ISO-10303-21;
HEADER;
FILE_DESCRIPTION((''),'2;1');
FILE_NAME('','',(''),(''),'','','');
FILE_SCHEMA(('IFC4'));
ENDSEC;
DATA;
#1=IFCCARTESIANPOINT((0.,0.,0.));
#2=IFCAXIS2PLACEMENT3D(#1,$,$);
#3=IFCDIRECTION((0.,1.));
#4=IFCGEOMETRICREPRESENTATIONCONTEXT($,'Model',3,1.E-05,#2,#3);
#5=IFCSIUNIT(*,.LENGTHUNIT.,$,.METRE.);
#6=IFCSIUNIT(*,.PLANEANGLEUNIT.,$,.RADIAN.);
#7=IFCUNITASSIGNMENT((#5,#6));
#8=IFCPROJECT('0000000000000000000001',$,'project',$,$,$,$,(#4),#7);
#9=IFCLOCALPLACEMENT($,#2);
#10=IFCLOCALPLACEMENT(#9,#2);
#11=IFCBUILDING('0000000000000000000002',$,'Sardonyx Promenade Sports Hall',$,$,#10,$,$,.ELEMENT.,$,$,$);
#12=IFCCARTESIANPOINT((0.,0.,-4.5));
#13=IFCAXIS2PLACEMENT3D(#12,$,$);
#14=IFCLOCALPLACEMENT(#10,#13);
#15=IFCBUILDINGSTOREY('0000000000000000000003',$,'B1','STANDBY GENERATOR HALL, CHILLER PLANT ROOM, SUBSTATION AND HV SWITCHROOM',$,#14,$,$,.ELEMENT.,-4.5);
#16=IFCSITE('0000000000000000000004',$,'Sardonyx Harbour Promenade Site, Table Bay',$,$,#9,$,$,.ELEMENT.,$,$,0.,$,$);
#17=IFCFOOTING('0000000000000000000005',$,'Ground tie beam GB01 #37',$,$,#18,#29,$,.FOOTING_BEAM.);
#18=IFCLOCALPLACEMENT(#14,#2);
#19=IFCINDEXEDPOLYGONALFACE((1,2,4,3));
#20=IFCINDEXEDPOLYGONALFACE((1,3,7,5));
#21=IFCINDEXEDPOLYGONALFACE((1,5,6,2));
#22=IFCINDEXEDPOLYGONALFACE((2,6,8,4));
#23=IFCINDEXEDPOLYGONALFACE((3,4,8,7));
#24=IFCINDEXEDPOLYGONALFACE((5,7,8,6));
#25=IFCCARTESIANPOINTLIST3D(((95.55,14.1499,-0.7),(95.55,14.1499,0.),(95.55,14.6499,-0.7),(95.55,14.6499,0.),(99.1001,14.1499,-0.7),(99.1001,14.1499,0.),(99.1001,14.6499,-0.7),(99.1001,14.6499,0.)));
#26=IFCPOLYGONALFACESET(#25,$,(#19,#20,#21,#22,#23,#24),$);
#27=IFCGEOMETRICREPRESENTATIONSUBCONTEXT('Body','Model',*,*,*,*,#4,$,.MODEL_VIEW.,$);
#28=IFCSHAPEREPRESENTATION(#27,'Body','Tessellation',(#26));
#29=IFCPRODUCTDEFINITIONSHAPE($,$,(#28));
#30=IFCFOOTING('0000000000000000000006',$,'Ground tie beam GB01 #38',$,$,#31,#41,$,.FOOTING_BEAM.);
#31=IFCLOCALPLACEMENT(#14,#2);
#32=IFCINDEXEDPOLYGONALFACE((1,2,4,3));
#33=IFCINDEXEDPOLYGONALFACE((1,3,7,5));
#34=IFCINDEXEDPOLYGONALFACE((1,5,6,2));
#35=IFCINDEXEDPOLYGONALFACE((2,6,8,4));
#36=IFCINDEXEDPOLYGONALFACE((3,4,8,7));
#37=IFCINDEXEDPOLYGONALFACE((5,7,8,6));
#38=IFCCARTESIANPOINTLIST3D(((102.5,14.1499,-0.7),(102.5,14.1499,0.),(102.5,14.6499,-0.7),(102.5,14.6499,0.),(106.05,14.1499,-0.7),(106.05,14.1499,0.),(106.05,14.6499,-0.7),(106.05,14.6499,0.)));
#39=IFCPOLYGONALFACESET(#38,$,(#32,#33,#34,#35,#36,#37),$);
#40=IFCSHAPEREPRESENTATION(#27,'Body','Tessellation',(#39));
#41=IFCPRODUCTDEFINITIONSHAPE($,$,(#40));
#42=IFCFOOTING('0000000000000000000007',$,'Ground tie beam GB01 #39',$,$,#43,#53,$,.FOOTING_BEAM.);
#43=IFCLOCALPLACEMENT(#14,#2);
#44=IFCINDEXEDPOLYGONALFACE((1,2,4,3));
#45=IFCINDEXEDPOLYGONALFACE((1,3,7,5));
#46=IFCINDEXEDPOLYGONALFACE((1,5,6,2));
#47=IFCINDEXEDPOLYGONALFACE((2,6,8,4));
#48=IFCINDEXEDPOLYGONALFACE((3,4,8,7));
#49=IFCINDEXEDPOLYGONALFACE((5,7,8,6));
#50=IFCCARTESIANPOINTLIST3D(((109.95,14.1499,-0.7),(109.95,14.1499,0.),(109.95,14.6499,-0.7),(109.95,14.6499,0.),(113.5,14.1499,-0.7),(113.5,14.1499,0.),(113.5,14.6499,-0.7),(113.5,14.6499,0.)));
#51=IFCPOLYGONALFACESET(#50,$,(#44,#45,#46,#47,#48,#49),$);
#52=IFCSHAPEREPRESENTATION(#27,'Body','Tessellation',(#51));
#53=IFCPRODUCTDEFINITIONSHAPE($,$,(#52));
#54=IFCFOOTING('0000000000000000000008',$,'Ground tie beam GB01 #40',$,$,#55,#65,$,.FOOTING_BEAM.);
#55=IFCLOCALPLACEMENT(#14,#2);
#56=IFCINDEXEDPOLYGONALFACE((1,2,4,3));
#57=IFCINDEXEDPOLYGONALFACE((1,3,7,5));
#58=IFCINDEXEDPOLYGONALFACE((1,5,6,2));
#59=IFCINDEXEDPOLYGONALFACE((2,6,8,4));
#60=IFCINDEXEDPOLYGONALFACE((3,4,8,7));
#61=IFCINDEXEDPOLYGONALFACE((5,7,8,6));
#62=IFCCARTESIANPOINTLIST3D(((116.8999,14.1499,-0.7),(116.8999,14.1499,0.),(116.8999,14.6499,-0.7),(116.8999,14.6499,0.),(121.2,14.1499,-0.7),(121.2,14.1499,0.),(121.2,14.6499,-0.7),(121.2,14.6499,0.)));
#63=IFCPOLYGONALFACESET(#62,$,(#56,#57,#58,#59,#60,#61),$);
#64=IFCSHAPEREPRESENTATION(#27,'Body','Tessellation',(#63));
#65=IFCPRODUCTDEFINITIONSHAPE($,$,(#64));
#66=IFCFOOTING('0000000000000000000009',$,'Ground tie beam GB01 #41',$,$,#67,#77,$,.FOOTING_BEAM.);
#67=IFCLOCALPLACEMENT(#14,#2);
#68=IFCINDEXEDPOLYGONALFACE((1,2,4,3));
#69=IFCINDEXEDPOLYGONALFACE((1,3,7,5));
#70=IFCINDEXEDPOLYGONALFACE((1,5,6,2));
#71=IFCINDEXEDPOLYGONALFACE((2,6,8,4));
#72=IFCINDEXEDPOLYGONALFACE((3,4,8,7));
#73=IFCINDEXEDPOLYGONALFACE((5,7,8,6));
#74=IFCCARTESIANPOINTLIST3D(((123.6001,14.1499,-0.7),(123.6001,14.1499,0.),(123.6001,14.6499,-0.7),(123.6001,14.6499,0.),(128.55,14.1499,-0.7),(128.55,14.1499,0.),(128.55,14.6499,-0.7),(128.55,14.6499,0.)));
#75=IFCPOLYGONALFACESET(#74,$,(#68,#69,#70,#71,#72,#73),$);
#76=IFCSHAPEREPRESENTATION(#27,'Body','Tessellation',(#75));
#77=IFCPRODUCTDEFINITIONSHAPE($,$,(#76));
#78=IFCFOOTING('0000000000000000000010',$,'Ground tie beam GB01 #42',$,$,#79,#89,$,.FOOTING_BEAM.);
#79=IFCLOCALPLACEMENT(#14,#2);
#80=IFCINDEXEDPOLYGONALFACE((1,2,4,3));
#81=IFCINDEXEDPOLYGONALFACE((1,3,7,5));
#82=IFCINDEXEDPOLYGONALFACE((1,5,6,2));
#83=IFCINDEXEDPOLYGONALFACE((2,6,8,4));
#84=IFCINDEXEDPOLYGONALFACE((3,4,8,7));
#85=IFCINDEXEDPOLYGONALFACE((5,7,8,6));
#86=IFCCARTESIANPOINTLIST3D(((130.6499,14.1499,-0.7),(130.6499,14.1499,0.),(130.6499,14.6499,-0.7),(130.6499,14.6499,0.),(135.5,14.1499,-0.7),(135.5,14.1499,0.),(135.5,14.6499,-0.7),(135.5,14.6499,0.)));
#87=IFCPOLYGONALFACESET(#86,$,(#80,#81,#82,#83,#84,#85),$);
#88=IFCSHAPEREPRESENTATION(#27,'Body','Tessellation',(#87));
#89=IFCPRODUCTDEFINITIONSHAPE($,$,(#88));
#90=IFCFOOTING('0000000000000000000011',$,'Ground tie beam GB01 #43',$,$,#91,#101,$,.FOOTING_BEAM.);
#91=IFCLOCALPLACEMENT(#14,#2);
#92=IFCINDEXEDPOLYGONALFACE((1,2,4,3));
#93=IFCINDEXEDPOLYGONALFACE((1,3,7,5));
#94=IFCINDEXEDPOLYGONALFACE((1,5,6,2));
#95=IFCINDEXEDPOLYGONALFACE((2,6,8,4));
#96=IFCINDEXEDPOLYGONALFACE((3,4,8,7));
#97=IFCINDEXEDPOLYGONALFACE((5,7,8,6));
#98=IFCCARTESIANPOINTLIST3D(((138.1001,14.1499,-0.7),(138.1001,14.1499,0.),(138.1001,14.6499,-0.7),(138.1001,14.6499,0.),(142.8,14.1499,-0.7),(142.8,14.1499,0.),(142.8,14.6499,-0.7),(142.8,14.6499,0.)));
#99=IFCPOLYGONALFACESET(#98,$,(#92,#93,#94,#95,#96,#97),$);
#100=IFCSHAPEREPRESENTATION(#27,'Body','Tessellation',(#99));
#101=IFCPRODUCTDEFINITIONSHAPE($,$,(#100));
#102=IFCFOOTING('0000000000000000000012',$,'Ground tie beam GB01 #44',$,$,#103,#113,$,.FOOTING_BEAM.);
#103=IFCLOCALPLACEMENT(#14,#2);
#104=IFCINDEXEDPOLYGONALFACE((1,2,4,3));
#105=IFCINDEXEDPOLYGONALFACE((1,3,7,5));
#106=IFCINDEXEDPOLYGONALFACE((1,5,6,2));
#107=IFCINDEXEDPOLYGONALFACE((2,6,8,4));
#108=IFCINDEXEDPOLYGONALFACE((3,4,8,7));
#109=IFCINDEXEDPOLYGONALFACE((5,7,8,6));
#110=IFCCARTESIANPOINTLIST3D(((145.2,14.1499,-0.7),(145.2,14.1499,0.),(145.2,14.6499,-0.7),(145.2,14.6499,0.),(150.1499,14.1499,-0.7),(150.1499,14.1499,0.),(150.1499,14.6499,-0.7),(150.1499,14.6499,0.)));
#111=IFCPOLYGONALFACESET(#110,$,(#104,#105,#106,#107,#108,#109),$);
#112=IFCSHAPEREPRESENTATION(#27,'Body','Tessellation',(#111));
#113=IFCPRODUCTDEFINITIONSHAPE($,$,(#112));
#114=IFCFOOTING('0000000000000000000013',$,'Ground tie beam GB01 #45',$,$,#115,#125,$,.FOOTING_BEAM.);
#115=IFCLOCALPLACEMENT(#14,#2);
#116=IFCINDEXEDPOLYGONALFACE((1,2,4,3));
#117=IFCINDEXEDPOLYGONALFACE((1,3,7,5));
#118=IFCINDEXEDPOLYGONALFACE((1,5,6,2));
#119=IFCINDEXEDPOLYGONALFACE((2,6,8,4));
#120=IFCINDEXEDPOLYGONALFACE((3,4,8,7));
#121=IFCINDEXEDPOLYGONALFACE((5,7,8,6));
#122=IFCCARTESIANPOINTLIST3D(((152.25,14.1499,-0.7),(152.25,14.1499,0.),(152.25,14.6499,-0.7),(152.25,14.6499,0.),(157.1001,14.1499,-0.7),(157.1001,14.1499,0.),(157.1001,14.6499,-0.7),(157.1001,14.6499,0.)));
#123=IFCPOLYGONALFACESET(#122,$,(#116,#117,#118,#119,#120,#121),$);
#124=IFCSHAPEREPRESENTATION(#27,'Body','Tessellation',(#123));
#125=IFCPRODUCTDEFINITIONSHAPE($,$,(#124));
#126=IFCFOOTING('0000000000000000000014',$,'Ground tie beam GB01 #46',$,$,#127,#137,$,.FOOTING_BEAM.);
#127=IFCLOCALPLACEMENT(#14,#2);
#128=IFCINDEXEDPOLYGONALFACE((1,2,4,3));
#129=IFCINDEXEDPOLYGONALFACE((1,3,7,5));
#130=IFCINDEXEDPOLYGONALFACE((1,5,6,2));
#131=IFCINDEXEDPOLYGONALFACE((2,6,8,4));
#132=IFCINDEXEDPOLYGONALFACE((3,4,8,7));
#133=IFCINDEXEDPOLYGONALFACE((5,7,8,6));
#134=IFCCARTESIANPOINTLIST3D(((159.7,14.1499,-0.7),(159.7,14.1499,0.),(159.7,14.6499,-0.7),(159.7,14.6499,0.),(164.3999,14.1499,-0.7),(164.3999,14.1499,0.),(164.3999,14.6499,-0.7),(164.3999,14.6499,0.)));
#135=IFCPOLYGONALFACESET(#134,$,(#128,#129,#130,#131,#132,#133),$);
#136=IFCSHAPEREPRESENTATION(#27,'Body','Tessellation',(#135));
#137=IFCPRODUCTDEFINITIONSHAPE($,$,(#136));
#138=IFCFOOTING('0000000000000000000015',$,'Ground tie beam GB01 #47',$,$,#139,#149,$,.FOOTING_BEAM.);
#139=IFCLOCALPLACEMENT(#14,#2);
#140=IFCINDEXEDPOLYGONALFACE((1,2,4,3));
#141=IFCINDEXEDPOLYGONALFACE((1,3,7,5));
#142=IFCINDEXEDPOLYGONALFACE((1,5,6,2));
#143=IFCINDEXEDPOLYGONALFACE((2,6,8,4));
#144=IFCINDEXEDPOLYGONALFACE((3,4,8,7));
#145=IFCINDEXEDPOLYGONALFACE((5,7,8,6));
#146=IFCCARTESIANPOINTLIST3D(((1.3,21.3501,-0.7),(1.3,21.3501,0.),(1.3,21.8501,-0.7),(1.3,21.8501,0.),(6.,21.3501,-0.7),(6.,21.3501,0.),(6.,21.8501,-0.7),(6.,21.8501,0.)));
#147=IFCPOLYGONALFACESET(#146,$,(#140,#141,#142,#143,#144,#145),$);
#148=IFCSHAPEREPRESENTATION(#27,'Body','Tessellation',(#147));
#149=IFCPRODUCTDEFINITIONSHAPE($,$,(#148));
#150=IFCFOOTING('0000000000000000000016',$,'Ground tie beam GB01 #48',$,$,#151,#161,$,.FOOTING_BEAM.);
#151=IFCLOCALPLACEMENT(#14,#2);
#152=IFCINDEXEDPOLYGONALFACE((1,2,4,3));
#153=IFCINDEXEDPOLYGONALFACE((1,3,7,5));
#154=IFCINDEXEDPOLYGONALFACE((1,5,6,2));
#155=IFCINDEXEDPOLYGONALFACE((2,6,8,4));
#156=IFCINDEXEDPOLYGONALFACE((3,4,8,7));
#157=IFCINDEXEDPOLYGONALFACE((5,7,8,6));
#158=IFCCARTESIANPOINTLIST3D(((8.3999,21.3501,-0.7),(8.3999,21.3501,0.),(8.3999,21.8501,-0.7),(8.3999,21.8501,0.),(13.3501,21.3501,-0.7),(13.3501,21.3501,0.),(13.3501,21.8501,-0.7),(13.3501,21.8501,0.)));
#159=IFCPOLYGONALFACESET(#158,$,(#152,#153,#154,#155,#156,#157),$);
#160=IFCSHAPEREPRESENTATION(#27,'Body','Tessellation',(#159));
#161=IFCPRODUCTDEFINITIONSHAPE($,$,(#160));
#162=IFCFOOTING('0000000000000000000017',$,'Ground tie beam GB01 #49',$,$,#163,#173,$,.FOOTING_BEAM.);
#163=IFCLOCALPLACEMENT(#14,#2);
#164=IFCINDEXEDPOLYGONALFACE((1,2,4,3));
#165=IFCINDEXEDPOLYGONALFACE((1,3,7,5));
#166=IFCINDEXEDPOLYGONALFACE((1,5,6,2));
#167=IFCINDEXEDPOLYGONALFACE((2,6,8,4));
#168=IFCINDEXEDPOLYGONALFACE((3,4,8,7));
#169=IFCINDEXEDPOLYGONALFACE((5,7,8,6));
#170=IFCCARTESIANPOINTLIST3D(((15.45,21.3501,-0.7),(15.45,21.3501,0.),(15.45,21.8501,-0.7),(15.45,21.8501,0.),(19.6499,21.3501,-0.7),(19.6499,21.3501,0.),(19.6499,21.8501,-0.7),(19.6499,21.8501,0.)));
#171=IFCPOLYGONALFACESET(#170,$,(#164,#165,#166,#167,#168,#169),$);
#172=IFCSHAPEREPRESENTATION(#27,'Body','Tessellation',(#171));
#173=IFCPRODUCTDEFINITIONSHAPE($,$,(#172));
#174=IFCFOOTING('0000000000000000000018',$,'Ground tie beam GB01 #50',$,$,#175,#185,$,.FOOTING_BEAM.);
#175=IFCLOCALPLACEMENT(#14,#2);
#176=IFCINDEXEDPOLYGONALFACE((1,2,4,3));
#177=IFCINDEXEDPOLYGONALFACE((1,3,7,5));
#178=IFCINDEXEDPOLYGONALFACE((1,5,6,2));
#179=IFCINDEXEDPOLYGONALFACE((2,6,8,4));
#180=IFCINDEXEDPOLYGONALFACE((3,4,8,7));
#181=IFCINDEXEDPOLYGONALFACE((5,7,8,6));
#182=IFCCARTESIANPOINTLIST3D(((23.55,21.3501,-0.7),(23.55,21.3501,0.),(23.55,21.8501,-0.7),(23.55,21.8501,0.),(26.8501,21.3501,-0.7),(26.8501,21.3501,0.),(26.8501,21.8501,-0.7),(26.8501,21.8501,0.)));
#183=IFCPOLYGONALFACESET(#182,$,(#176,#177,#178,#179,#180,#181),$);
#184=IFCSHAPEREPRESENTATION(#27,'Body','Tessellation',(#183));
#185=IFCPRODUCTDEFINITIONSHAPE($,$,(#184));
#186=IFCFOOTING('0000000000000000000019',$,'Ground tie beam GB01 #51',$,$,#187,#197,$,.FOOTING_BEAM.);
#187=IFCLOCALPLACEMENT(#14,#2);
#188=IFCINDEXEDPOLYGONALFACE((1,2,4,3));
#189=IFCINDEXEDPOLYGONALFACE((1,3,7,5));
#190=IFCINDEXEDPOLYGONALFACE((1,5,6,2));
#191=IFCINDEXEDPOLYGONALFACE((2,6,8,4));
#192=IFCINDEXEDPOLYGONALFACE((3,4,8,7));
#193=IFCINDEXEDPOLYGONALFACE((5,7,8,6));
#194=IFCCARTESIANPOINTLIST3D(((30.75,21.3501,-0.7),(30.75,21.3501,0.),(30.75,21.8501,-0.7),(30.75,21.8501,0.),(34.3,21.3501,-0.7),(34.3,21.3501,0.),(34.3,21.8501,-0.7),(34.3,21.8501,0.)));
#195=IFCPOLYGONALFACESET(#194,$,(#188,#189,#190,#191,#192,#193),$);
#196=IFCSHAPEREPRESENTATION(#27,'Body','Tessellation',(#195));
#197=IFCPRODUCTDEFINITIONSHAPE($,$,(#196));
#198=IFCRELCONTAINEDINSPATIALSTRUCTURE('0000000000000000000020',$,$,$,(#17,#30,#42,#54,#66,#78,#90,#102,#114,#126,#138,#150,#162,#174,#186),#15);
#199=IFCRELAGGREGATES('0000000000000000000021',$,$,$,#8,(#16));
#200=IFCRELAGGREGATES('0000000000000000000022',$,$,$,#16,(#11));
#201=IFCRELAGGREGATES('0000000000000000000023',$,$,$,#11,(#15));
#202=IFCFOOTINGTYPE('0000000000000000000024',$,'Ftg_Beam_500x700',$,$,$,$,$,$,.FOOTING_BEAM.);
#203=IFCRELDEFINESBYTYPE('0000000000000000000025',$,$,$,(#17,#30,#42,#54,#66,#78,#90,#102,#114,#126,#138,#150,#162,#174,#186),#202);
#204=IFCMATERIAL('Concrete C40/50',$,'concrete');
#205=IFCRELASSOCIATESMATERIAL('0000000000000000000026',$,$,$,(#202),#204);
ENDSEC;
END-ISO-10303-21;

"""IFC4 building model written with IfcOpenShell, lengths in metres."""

from ifc_helpers import new_model, si_unit, direction, frame, origin, place, context, subcontext, project, spatial, polyline, outline, extrude, material, type_object, element, save


model = new_model("IFC4")

# Units and contexts
model_context = context("Model", 3, precision=1e-05, world=origin(), true_north=direction((0.0, 1.0)))
body_context = subcontext(model_context, "Body", "Model", "MODEL_VIEW")
ifc_project = project(units=[si_unit("LENGTHUNIT", "METRE"), si_unit("PLANEANGLEUNIT", "RADIAN")], contexts=[model_context])

# Site, building, storey
site_placement = place(None, origin())
site = spatial("IfcSite", under=ifc_project, at=site_placement, Name="Sardonyx Harbour Promenade Site, Table Bay", CompositionType="ELEMENT", RefElevation=0.0)
building_placement = place(site_placement, origin())
building = spatial("IfcBuilding", under=site, at=building_placement, Name="Sardonyx Promenade Sports Hall", CompositionType="ELEMENT")
storey_placement = place(building_placement, frame((0.0, 0.0, -4.5)))
storey = spatial("IfcBuildingStorey", under=building, at=storey_placement, Name="B1", Description="STANDBY GENERATOR HALL, CHILLER PLANT ROOM, SUBSTATION AND HV SWITCHROOM", CompositionType="ELEMENT", Elevation=-4.5)

# Footings
ifc_material = material(Name="Concrete C40/50", Category="concrete")
footing_type = type_object("IfcFootingType", Name="Ftg_Beam_500x700", PredefinedType="FOOTING_BEAM", material=ifc_material)
footing_1_placement = place(storey_placement, frame((0.0, 0.0, -0.7)))
element("IfcFooting", 1, at=footing_1_placement, inside=storey, type_object=footing_type, Name="Ground tie beam GB01 #37", PredefinedType="FOOTING_BEAM", context=body_context, shape_type="SweptSolid", body=[
    extrude(outline(polyline([(95.55, 14.1499), (99.1001, 14.1499), (99.1001, 14.6499), (95.55, 14.6499), (95.55, 14.1499)])), origin(), (0.0, 0.0, 1.0), 0.7),
])
footing_2_placement = place(storey_placement, frame((0.0, 0.0, -0.7)))
element("IfcFooting", 2, at=footing_2_placement, inside=storey, type_object=footing_type, Name="Ground tie beam GB01 #38", PredefinedType="FOOTING_BEAM", context=body_context, shape_type="SweptSolid", body=[
    extrude(outline(polyline([(102.5, 14.1499), (106.05, 14.1499), (106.05, 14.6499), (102.5, 14.6499), (102.5, 14.1499)])), origin(), (0.0, 0.0, 1.0), 0.7),
])
footing_3_placement = place(storey_placement, frame((0.0, 0.0, -0.7)))
element("IfcFooting", 3, at=footing_3_placement, inside=storey, type_object=footing_type, Name="Ground tie beam GB01 #39", PredefinedType="FOOTING_BEAM", context=body_context, shape_type="SweptSolid", body=[
    extrude(outline(polyline([(109.95, 14.1499), (113.5, 14.1499), (113.5, 14.6499), (109.95, 14.6499), (109.95, 14.1499)])), origin(), (0.0, 0.0, 1.0), 0.7),
])
footing_4_placement = place(storey_placement, frame((0.0, 0.0, -0.7)))
element("IfcFooting", 4, at=footing_4_placement, inside=storey, type_object=footing_type, Name="Ground tie beam GB01 #40", PredefinedType="FOOTING_BEAM", context=body_context, shape_type="SweptSolid", body=[
    extrude(outline(polyline([(116.8999, 14.1499), (121.2, 14.1499), (121.2, 14.6499), (116.8999, 14.6499), (116.8999, 14.1499)])), origin(), (0.0, 0.0, 1.0), 0.7),
])
footing_5_placement = place(storey_placement, frame((0.0, 0.0, -0.7)))
element("IfcFooting", 5, at=footing_5_placement, inside=storey, type_object=footing_type, Name="Ground tie beam GB01 #41", PredefinedType="FOOTING_BEAM", context=body_context, shape_type="SweptSolid", body=[
    extrude(outline(polyline([(123.6001, 14.1499), (128.55, 14.1499), (128.55, 14.6499), (123.6001, 14.6499), (123.6001, 14.1499)])), origin(), (0.0, 0.0, 1.0), 0.7),
])
footing_6_placement = place(storey_placement, frame((0.0, 0.0, -0.7)))
element("IfcFooting", 6, at=footing_6_placement, inside=storey, type_object=footing_type, Name="Ground tie beam GB01 #42", PredefinedType="FOOTING_BEAM", context=body_context, shape_type="SweptSolid", body=[
    extrude(outline(polyline([(130.6499, 14.1499), (135.5, 14.1499), (135.5, 14.6499), (130.6499, 14.6499), (130.6499, 14.1499)])), origin(), (0.0, 0.0, 1.0), 0.7),
])
footing_7_placement = place(storey_placement, frame((0.0, 0.0, -0.7)))
element("IfcFooting", 7, at=footing_7_placement, inside=storey, type_object=footing_type, Name="Ground tie beam GB01 #43", PredefinedType="FOOTING_BEAM", context=body_context, shape_type="SweptSolid", body=[
    extrude(outline(polyline([(138.1001, 14.1499), (142.8, 14.1499), (142.8, 14.6499), (138.1001, 14.6499), (138.1001, 14.1499)])), origin(), (0.0, 0.0, 1.0), 0.7),
])
footing_8_placement = place(storey_placement, frame((0.0, 0.0, -0.7)))
element("IfcFooting", 8, at=footing_8_placement, inside=storey, type_object=footing_type, Name="Ground tie beam GB01 #44", PredefinedType="FOOTING_BEAM", context=body_context, shape_type="SweptSolid", body=[
    extrude(outline(polyline([(145.2, 14.1499), (150.1499, 14.1499), (150.1499, 14.6499), (145.2, 14.6499), (145.2, 14.1499)])), origin(), (0.0, 0.0, 1.0), 0.7),
])
footing_9_placement = place(storey_placement, frame((0.0, 0.0, -0.7)))
element("IfcFooting", 9, at=footing_9_placement, inside=storey, type_object=footing_type, Name="Ground tie beam GB01 #45", PredefinedType="FOOTING_BEAM", context=body_context, shape_type="SweptSolid", body=[
    extrude(outline(polyline([(152.25, 14.1499), (157.1001, 14.1499), (157.1001, 14.6499), (152.25, 14.6499), (152.25, 14.1499)])), origin(), (0.0, 0.0, 1.0), 0.7),
])
footing_10_placement = place(storey_placement, frame((0.0, 0.0, -0.7)))
element("IfcFooting", 10, at=footing_10_placement, inside=storey, type_object=footing_type, Name="Ground tie beam GB01 #46", PredefinedType="FOOTING_BEAM", context=body_context, shape_type="SweptSolid", body=[
    extrude(outline(polyline([(159.7, 14.1499), (164.3999, 14.1499), (164.3999, 14.6499), (159.7, 14.6499), (159.7, 14.1499)])), origin(), (0.0, 0.0, 1.0), 0.7),
])
footing_11_placement = place(storey_placement, frame((0.0, 0.0, -0.7)))
element("IfcFooting", 11, at=footing_11_placement, inside=storey, type_object=footing_type, Name="Ground tie beam GB01 #47", PredefinedType="FOOTING_BEAM", context=body_context, shape_type="SweptSolid", body=[
    extrude(outline(polyline([(1.3, 21.3501), (6.0, 21.3501), (6.0, 21.8501), (1.3, 21.8501), (1.3, 21.3501)])), origin(), (0.0, 0.0, 1.0), 0.7),
])
footing_12_placement = place(storey_placement, frame((0.0, 0.0, -0.7)))
element("IfcFooting", 12, at=footing_12_placement, inside=storey, type_object=footing_type, Name="Ground tie beam GB01 #48", PredefinedType="FOOTING_BEAM", context=body_context, shape_type="SweptSolid", body=[
    extrude(outline(polyline([(8.3999, 21.3501), (13.3501, 21.3501), (13.3501, 21.8501), (8.3999, 21.8501), (8.3999, 21.3501)])), origin(), (0.0, 0.0, 1.0), 0.7),
])
footing_13_placement = place(storey_placement, frame((0.0, 0.0, -0.7)))
element("IfcFooting", 13, at=footing_13_placement, inside=storey, type_object=footing_type, Name="Ground tie beam GB01 #49", PredefinedType="FOOTING_BEAM", context=body_context, shape_type="SweptSolid", body=[
    extrude(outline(polyline([(15.45, 21.3501), (19.6499, 21.3501), (19.6499, 21.8501), (15.45, 21.8501), (15.45, 21.3501)])), origin(), (0.0, 0.0, 1.0), 0.7),
])
footing_14_placement = place(storey_placement, frame((0.0, 0.0, -0.7)))
element("IfcFooting", 14, at=footing_14_placement, inside=storey, type_object=footing_type, Name="Ground tie beam GB01 #50", PredefinedType="FOOTING_BEAM", context=body_context, shape_type="SweptSolid", body=[
    extrude(outline(polyline([(23.55, 21.3501), (26.8501, 21.3501), (26.8501, 21.8501), (23.55, 21.8501), (23.55, 21.3501)])), origin(), (0.0, 0.0, 1.0), 0.7),
])
footing_15_placement = place(storey_placement, frame((0.0, 0.0, -0.7)))
element("IfcFooting", 15, at=footing_15_placement, inside=storey, type_object=footing_type, Name="Ground tie beam GB01 #51", PredefinedType="FOOTING_BEAM", context=body_context, shape_type="SweptSolid", body=[
    extrude(outline(polyline([(30.75, 21.3501), (34.3, 21.3501), (34.3, 21.8501), (30.75, 21.8501), (30.75, 21.3501)])), origin(), (0.0, 0.0, 1.0), 0.7),
])

save(model, "model.ifc")
